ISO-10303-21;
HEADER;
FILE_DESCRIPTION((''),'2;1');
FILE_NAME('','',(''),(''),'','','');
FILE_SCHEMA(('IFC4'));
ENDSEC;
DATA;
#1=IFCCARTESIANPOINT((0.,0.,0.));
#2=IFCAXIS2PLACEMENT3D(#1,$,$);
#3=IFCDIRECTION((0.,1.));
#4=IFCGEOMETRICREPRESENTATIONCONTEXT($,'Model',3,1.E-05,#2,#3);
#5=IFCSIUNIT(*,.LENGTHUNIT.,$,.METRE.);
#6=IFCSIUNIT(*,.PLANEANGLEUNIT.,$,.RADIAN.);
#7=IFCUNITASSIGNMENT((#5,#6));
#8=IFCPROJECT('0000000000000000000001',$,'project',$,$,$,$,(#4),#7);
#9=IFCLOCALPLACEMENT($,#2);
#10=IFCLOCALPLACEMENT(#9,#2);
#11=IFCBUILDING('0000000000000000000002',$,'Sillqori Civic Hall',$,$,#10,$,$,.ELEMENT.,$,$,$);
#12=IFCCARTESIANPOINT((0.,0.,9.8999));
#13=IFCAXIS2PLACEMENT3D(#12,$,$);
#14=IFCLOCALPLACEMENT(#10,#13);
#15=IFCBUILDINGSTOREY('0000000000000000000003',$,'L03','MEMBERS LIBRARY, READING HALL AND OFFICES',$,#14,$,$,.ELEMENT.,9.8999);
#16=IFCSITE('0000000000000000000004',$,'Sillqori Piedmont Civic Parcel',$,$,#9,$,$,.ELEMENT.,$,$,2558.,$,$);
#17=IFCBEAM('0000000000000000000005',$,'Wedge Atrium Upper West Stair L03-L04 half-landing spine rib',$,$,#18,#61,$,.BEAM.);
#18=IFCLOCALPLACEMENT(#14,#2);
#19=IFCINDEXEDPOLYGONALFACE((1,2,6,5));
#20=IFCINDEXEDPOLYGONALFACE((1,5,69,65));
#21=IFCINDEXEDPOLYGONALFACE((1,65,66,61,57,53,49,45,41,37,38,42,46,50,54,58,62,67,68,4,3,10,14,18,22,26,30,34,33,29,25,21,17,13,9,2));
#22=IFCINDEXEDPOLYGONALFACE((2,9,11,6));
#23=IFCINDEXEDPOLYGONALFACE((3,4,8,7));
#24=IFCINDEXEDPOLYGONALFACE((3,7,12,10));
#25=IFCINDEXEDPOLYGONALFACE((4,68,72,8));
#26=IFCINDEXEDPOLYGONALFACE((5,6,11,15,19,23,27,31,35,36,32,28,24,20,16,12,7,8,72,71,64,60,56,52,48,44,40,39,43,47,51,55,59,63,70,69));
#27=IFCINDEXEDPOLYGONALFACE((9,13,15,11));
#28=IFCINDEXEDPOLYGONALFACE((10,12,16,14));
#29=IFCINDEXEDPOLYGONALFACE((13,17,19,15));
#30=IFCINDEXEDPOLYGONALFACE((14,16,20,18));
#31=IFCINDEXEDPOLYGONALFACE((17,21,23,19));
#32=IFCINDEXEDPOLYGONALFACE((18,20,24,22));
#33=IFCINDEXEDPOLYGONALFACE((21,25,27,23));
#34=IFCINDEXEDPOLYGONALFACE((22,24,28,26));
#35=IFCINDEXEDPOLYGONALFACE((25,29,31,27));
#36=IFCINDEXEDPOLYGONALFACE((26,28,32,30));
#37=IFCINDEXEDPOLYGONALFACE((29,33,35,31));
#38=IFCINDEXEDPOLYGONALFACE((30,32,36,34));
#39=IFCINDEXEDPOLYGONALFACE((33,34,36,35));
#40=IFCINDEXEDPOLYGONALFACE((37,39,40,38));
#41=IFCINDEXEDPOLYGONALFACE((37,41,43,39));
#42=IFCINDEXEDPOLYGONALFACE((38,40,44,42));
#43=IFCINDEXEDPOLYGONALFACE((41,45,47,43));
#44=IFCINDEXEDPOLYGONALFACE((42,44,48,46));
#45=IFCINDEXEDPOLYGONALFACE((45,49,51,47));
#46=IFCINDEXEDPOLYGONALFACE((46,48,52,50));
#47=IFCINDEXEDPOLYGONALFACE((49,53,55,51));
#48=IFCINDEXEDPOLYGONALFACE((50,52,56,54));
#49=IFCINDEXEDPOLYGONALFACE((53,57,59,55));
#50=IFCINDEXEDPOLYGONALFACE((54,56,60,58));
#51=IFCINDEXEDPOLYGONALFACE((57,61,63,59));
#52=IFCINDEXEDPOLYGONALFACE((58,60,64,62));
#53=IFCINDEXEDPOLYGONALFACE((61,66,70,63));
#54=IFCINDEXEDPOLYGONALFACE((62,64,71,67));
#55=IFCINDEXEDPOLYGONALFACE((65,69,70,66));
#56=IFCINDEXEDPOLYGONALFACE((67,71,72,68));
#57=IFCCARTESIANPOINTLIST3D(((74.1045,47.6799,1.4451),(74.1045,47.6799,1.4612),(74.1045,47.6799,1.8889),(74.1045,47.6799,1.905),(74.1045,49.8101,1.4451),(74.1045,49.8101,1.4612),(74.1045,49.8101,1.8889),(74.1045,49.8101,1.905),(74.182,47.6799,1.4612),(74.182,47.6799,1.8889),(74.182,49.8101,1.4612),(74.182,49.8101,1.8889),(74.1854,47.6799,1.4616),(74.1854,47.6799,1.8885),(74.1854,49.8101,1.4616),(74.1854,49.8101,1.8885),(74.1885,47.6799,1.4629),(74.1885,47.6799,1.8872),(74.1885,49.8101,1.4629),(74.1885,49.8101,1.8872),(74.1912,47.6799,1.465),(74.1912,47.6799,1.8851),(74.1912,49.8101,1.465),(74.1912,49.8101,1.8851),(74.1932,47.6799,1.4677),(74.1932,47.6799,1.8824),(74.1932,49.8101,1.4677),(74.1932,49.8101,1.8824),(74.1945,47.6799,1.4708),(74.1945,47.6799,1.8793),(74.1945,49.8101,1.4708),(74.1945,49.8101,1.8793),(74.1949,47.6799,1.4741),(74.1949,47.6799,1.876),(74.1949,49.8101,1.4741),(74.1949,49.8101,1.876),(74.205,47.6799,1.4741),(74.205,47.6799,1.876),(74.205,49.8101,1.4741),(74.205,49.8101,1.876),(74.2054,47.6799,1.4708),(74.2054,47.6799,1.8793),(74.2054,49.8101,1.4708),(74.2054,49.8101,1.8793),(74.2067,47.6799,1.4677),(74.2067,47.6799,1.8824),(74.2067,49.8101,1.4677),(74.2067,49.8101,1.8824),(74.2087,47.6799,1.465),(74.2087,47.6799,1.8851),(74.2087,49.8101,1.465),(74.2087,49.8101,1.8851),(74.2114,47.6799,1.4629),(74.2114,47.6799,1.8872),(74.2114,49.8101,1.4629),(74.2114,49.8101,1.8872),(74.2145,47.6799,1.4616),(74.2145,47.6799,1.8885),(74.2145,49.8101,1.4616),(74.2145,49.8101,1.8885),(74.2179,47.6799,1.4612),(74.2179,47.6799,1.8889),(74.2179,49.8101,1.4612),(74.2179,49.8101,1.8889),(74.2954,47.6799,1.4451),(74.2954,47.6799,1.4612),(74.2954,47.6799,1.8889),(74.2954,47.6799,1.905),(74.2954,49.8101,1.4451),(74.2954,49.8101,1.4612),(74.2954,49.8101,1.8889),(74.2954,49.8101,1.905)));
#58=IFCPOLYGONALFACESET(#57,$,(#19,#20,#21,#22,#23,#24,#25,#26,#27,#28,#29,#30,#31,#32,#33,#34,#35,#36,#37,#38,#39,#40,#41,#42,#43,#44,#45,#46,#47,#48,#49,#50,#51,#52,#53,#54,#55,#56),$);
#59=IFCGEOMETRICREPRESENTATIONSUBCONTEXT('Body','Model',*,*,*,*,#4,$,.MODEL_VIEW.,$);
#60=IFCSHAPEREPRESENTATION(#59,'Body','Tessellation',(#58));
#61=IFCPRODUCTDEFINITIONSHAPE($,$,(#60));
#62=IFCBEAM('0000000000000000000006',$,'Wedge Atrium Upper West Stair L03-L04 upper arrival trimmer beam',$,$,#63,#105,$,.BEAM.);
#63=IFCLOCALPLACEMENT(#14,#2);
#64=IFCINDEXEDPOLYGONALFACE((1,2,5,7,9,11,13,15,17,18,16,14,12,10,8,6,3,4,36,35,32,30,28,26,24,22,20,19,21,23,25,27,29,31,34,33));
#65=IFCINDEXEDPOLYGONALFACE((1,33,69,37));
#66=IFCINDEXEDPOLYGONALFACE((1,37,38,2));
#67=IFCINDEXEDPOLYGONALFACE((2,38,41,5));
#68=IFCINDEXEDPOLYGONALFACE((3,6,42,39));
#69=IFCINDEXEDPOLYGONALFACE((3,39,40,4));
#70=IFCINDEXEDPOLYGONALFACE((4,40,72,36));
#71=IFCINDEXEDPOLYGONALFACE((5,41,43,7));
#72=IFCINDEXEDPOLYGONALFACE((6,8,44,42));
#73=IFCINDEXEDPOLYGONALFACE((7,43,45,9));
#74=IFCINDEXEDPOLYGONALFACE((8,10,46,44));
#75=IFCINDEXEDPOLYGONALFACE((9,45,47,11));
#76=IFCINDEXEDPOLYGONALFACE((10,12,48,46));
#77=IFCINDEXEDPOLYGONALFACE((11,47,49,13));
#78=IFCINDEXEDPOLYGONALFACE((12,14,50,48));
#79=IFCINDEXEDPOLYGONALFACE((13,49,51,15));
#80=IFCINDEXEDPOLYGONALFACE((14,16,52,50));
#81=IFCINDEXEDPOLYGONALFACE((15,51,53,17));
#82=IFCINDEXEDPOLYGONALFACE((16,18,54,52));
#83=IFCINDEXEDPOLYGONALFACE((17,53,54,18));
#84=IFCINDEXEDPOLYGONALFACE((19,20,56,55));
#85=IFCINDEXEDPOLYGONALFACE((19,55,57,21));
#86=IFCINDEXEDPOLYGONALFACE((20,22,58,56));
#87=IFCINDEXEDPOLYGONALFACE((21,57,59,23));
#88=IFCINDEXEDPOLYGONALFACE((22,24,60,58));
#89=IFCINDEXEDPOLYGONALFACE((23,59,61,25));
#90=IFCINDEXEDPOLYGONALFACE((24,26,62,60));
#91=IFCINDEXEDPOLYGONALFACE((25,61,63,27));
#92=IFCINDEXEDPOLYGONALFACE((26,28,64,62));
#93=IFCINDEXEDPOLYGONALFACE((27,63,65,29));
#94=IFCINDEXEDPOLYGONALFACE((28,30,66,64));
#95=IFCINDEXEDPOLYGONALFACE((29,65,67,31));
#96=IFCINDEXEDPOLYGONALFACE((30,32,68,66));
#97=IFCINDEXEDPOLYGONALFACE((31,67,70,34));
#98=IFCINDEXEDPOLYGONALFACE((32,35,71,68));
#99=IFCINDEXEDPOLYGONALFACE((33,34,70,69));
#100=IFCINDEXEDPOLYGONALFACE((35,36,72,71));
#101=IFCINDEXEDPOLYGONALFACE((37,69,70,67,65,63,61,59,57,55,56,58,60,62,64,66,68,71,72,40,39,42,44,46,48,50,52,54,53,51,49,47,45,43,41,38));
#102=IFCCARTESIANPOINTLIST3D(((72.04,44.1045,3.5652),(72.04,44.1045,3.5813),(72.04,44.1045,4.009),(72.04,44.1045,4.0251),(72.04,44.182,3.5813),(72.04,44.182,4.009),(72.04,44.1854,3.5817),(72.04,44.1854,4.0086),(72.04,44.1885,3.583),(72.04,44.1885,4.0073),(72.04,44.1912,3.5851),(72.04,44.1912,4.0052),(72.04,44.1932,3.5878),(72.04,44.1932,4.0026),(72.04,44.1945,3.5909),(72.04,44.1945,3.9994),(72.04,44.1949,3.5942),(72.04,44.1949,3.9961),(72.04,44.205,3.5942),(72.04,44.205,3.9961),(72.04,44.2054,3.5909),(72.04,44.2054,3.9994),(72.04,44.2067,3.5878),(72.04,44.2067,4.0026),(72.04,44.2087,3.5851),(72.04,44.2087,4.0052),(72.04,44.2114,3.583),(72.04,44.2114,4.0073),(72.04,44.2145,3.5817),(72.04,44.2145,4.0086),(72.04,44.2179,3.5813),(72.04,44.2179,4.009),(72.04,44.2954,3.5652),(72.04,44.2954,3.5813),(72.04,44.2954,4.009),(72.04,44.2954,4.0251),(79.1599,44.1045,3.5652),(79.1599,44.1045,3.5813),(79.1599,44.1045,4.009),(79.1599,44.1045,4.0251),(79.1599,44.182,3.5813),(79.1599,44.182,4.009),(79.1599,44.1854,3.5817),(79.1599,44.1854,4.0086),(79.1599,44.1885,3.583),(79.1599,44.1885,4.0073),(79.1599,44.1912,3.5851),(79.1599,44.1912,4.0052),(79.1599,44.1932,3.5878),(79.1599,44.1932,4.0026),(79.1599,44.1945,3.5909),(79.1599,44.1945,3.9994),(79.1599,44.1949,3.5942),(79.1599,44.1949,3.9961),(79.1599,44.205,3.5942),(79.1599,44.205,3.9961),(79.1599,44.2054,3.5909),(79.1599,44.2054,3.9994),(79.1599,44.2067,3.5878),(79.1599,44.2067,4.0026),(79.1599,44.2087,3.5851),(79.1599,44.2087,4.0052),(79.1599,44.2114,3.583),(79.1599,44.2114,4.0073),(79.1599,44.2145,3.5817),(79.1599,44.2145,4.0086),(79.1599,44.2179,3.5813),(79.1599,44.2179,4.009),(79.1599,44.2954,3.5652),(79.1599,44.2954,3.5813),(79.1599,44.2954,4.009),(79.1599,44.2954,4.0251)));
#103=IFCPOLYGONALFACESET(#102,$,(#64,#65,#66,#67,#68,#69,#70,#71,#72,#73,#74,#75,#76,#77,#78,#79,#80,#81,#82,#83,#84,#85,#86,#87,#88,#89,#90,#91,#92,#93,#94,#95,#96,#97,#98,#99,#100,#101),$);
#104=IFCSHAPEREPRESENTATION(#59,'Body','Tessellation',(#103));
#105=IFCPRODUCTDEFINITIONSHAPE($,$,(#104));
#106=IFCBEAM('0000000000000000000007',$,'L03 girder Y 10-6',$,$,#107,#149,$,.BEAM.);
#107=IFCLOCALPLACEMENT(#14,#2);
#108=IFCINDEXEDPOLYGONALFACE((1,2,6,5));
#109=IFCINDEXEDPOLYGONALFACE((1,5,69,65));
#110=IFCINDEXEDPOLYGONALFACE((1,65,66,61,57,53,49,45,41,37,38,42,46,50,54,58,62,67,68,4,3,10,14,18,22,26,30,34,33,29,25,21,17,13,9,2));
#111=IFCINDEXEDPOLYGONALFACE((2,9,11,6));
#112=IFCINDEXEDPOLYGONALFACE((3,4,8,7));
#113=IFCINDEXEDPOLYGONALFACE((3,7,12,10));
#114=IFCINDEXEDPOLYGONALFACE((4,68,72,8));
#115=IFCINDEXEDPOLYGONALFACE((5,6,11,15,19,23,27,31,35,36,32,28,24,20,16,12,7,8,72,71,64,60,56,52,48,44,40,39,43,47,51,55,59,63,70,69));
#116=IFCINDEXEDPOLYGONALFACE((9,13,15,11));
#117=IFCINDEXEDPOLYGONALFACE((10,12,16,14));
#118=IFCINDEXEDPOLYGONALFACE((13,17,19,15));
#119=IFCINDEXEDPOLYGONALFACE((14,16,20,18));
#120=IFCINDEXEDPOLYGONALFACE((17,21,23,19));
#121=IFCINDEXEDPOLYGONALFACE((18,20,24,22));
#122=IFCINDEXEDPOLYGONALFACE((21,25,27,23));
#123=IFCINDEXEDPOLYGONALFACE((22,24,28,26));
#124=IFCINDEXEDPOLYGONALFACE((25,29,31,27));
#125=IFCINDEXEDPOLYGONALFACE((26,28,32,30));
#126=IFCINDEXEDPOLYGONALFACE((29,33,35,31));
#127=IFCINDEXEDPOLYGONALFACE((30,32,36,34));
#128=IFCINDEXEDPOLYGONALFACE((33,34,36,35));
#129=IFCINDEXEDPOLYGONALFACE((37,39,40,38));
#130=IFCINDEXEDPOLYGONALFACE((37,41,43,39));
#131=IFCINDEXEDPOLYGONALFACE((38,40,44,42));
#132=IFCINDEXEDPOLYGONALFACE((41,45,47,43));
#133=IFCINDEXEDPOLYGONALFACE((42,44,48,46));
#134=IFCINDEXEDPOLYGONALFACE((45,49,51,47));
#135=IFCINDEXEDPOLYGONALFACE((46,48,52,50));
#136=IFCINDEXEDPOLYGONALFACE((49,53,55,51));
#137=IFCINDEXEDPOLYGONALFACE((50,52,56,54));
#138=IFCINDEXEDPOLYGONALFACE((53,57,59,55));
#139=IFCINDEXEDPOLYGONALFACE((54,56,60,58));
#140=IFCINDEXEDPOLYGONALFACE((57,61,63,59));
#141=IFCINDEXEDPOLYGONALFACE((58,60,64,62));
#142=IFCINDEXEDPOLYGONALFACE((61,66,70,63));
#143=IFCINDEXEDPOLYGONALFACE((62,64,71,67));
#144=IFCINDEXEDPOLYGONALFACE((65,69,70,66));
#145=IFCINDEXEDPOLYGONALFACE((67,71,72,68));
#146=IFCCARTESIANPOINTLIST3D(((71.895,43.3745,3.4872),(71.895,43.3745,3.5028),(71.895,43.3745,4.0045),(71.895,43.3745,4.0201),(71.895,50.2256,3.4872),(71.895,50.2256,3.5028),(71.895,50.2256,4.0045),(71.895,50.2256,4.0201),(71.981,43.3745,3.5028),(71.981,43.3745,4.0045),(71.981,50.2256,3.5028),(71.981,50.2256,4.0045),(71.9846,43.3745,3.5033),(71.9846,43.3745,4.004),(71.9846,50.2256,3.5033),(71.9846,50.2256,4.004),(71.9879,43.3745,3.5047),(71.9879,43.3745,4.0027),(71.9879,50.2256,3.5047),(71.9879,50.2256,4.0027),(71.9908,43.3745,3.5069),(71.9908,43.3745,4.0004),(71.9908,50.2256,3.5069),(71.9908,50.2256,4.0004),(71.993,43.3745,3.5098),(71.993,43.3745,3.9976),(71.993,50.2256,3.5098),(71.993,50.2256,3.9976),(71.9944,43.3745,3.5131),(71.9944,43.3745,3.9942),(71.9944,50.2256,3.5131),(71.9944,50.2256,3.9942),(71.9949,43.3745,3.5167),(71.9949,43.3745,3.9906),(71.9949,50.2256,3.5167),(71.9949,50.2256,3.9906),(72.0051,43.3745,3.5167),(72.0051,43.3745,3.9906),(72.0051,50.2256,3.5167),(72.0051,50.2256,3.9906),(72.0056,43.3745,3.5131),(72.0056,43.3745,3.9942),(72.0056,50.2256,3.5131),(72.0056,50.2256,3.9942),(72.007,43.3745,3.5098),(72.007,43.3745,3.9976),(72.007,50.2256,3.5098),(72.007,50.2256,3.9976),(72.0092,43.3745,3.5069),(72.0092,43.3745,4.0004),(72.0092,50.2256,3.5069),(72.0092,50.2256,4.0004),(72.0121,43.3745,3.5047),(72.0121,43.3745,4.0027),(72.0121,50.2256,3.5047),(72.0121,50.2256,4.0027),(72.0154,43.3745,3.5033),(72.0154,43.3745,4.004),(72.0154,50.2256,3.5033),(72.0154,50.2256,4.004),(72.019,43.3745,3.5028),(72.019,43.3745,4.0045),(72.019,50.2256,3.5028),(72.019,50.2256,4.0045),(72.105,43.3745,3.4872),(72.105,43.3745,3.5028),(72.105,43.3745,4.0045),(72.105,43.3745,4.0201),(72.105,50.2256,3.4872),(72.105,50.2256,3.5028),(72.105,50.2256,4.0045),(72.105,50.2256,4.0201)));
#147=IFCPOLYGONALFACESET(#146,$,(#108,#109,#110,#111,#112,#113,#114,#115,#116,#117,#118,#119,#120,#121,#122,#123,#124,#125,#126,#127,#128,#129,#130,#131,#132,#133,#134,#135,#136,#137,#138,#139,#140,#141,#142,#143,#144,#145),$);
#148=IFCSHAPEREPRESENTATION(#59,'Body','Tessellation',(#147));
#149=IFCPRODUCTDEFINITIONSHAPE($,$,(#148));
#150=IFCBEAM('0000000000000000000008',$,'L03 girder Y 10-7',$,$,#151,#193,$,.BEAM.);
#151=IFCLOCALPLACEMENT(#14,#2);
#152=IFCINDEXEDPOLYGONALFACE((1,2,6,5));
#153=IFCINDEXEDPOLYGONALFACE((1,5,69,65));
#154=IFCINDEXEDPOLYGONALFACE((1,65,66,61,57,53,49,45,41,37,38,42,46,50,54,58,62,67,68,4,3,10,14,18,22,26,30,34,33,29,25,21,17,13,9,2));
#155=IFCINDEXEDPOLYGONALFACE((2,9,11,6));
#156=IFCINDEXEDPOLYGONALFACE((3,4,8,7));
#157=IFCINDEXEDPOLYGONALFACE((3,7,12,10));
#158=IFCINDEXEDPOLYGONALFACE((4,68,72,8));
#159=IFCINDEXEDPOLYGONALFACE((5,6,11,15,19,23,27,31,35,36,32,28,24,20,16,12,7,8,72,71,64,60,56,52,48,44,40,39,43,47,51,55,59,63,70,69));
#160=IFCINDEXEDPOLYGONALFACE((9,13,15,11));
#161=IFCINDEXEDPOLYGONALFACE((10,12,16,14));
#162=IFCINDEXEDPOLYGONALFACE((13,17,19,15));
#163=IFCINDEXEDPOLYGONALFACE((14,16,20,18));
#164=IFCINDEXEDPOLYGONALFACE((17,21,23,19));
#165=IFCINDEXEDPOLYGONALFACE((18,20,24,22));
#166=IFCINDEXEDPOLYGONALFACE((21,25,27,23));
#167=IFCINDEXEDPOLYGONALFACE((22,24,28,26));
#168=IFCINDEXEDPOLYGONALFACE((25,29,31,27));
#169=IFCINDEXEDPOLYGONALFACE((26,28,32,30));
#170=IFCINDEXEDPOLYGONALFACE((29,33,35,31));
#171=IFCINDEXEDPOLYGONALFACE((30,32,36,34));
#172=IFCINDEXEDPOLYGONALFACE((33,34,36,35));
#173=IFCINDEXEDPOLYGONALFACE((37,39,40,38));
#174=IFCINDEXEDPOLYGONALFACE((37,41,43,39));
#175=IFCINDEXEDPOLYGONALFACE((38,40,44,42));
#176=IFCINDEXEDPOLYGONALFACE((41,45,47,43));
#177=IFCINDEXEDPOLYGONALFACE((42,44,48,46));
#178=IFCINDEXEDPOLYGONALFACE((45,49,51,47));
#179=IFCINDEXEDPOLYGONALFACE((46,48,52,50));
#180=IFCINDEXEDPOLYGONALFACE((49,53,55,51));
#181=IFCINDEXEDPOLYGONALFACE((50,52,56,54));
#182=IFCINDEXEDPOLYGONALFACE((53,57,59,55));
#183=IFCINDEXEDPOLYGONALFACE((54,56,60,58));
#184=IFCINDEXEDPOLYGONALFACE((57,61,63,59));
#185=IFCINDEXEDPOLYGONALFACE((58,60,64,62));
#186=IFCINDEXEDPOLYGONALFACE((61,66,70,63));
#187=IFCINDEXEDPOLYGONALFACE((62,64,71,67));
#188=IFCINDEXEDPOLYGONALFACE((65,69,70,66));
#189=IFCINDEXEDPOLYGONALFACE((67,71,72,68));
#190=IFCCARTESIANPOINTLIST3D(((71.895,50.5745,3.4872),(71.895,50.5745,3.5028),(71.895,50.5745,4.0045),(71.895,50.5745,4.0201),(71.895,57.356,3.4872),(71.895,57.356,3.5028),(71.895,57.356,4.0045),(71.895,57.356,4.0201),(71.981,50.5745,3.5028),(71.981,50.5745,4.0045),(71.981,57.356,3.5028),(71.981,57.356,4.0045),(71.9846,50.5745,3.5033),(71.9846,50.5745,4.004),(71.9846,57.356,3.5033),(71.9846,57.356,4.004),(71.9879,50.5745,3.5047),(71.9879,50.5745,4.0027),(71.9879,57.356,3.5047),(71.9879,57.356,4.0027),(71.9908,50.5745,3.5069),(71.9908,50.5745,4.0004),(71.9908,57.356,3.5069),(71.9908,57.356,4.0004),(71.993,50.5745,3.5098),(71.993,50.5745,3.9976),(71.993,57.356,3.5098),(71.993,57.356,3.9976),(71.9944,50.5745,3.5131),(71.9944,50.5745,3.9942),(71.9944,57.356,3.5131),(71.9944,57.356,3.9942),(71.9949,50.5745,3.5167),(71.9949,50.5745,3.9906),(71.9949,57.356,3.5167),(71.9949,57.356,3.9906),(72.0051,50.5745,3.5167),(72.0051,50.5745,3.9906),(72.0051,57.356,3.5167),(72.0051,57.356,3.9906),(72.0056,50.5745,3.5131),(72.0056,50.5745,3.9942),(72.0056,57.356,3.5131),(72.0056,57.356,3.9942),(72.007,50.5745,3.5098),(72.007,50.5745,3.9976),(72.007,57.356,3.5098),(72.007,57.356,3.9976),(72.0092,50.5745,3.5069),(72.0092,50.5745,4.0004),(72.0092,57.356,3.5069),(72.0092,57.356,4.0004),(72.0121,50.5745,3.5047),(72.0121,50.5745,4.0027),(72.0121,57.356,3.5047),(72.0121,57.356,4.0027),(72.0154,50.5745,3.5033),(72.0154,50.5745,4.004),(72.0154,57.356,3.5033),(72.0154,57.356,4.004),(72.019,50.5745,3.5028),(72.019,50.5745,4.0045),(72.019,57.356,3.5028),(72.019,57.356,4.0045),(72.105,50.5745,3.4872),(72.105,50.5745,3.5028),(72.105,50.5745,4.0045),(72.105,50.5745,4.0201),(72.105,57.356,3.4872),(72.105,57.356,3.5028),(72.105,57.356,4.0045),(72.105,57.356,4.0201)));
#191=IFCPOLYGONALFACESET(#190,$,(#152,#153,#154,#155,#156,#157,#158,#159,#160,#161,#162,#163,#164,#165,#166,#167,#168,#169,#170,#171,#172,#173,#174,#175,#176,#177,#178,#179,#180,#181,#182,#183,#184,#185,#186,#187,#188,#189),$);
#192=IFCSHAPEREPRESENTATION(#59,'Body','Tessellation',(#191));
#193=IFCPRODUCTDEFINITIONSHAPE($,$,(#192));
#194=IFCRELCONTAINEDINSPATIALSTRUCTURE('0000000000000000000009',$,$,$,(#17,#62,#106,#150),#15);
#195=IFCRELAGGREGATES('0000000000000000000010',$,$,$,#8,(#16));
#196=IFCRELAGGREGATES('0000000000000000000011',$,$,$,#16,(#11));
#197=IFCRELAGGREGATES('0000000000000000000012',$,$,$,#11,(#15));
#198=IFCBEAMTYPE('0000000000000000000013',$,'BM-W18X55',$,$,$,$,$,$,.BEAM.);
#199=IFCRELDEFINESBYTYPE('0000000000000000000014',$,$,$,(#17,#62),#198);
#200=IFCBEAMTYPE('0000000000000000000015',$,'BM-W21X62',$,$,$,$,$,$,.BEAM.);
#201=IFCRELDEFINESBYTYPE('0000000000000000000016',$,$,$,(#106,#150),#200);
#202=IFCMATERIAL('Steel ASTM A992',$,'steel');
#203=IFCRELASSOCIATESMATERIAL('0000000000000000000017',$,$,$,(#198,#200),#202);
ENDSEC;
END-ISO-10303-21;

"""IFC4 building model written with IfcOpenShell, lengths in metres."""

from ifc_helpers import new_model, si_unit, direction, frame, origin, origin_2d, place, context, subcontext, project, spatial, i_section, extrude, material, material_profile, profile_set, type_object, element, save


model = new_model("IFC4")

# Units and contexts
model_context = context("Model", 3, precision=1e-05, world=origin(), true_north=direction((0.0, 1.0)))
body_context = subcontext(model_context, "Body", "Model", "MODEL_VIEW")
ifc_project = project(units=[si_unit("LENGTHUNIT", "METRE"), si_unit("PLANEANGLEUNIT", "RADIAN")], contexts=[model_context])

# Site, building, storey
site_placement = place(None, origin())
site = spatial("IfcSite", under=ifc_project, at=site_placement, Name="Sillqori Piedmont Civic Parcel", CompositionType="ELEMENT", RefElevation=2558.0)
building_placement = place(site_placement, origin())
building = spatial("IfcBuilding", under=site, at=building_placement, Name="Sillqori Civic Hall", CompositionType="ELEMENT")
storey_placement = place(building_placement, frame((0.0, 0.0, 9.8999)))
storey = spatial("IfcBuildingStorey", under=building, at=storey_placement, Name="L03", Description="MEMBERS LIBRARY, READING HALL AND OFFICES", CompositionType="ELEMENT", Elevation=9.8999)

# Shared definitions
ifc_material_1 = material(Name="Steel ASTM A992", Category="steel")

# Beams
ifc_material_profile_1 = material_profile(ifc_material_1, i_section(OverallWidth=0.1909, OverallDepth=0.46, WebThickness=0.01, FlangeThickness=0.0161, FilletRadius=0.0129, at=origin_2d()), Name="W18X55")
ifc_profile_set_1 = profile_set([ifc_material_profile_1], Name="Steel ASTM A992")
beam_type_1 = type_object("IfcBeamType", Name="BM-W18X55", PredefinedType="BEAM", material=ifc_profile_set_1)
beam_1_placement = place(storey_placement, frame((74.2, 47.6799, 1.675), z_axis=(0.0, 1.0, 0.0), x_axis=(-1.0, 0.0, 0.0)))
element("IfcBeam", 1, at=beam_1_placement, inside=storey, type_object=beam_type_1, Name="Wedge Atrium Upper West Stair L03-L04 half-landing spine rib", PredefinedType="BEAM", context=body_context, shape_type="SweptSolid", body=[
    extrude(i_section(OverallWidth=0.1909, OverallDepth=0.46, WebThickness=0.01, FlangeThickness=0.0161, FilletRadius=0.0129, at=origin_2d()), origin(), (0.0, 0.0, 1.0), 2.1301),
])
beam_2_placement = place(storey_placement, frame((72.04, 44.2, 3.7952), z_axis=(1.0, 0.0, 0.0), x_axis=(0.0, 1.0, 0.0)))
element("IfcBeam", 2, at=beam_2_placement, inside=storey, type_object=beam_type_1, Name="Wedge Atrium Upper West Stair L03-L04 upper arrival trimmer beam", PredefinedType="BEAM", context=body_context, shape_type="SweptSolid", body=[
    extrude(i_section(OverallWidth=0.1909, OverallDepth=0.46, WebThickness=0.01, FlangeThickness=0.0161, FilletRadius=0.0129, at=origin_2d()), origin(), (0.0, 0.0, 1.0), 7.1199),
])
ifc_material_profile_2 = material_profile(ifc_material_1, i_section(OverallWidth=0.21, OverallDepth=0.533, WebThickness=0.0103, FlangeThickness=0.0156, FilletRadius=0.0139, at=origin_2d()), Name="W21X62")
ifc_profile_set_2 = profile_set([ifc_material_profile_2], Name="Steel ASTM A992")
beam_type_2 = type_object("IfcBeamType", Name="BM-W21X62", PredefinedType="BEAM", material=ifc_profile_set_2)
beam_3_placement = place(storey_placement, frame((72.0, 43.3745, 3.7537), z_axis=(0.0, 1.0, 0.0), x_axis=(-1.0, 0.0, 0.0)))
element("IfcBeam", 3, at=beam_3_placement, inside=storey, type_object=beam_type_2, Name="L03 girder Y 10-6", PredefinedType="BEAM", context=body_context, shape_type="SweptSolid", body=[
    extrude(i_section(OverallWidth=0.21, OverallDepth=0.533, WebThickness=0.0103, FlangeThickness=0.0156, FilletRadius=0.0139, at=origin_2d()), origin(), (0.0, 0.0, 1.0), 6.8511),
])
beam_4_placement = place(storey_placement, frame((72.0, 50.5745, 3.7537), z_axis=(0.0, 1.0, 0.0), x_axis=(-1.0, 0.0, 0.0)))
element("IfcBeam", 4, at=beam_4_placement, inside=storey, type_object=beam_type_2, Name="L03 girder Y 10-7", PredefinedType="BEAM", context=body_context, shape_type="SweptSolid", body=[
    extrude(i_section(OverallWidth=0.21, OverallDepth=0.533, WebThickness=0.0103, FlangeThickness=0.0156, FilletRadius=0.0139, at=origin_2d()), origin(), (0.0, 0.0, 1.0), 6.7815),
])

save(model, "model.ifc")
